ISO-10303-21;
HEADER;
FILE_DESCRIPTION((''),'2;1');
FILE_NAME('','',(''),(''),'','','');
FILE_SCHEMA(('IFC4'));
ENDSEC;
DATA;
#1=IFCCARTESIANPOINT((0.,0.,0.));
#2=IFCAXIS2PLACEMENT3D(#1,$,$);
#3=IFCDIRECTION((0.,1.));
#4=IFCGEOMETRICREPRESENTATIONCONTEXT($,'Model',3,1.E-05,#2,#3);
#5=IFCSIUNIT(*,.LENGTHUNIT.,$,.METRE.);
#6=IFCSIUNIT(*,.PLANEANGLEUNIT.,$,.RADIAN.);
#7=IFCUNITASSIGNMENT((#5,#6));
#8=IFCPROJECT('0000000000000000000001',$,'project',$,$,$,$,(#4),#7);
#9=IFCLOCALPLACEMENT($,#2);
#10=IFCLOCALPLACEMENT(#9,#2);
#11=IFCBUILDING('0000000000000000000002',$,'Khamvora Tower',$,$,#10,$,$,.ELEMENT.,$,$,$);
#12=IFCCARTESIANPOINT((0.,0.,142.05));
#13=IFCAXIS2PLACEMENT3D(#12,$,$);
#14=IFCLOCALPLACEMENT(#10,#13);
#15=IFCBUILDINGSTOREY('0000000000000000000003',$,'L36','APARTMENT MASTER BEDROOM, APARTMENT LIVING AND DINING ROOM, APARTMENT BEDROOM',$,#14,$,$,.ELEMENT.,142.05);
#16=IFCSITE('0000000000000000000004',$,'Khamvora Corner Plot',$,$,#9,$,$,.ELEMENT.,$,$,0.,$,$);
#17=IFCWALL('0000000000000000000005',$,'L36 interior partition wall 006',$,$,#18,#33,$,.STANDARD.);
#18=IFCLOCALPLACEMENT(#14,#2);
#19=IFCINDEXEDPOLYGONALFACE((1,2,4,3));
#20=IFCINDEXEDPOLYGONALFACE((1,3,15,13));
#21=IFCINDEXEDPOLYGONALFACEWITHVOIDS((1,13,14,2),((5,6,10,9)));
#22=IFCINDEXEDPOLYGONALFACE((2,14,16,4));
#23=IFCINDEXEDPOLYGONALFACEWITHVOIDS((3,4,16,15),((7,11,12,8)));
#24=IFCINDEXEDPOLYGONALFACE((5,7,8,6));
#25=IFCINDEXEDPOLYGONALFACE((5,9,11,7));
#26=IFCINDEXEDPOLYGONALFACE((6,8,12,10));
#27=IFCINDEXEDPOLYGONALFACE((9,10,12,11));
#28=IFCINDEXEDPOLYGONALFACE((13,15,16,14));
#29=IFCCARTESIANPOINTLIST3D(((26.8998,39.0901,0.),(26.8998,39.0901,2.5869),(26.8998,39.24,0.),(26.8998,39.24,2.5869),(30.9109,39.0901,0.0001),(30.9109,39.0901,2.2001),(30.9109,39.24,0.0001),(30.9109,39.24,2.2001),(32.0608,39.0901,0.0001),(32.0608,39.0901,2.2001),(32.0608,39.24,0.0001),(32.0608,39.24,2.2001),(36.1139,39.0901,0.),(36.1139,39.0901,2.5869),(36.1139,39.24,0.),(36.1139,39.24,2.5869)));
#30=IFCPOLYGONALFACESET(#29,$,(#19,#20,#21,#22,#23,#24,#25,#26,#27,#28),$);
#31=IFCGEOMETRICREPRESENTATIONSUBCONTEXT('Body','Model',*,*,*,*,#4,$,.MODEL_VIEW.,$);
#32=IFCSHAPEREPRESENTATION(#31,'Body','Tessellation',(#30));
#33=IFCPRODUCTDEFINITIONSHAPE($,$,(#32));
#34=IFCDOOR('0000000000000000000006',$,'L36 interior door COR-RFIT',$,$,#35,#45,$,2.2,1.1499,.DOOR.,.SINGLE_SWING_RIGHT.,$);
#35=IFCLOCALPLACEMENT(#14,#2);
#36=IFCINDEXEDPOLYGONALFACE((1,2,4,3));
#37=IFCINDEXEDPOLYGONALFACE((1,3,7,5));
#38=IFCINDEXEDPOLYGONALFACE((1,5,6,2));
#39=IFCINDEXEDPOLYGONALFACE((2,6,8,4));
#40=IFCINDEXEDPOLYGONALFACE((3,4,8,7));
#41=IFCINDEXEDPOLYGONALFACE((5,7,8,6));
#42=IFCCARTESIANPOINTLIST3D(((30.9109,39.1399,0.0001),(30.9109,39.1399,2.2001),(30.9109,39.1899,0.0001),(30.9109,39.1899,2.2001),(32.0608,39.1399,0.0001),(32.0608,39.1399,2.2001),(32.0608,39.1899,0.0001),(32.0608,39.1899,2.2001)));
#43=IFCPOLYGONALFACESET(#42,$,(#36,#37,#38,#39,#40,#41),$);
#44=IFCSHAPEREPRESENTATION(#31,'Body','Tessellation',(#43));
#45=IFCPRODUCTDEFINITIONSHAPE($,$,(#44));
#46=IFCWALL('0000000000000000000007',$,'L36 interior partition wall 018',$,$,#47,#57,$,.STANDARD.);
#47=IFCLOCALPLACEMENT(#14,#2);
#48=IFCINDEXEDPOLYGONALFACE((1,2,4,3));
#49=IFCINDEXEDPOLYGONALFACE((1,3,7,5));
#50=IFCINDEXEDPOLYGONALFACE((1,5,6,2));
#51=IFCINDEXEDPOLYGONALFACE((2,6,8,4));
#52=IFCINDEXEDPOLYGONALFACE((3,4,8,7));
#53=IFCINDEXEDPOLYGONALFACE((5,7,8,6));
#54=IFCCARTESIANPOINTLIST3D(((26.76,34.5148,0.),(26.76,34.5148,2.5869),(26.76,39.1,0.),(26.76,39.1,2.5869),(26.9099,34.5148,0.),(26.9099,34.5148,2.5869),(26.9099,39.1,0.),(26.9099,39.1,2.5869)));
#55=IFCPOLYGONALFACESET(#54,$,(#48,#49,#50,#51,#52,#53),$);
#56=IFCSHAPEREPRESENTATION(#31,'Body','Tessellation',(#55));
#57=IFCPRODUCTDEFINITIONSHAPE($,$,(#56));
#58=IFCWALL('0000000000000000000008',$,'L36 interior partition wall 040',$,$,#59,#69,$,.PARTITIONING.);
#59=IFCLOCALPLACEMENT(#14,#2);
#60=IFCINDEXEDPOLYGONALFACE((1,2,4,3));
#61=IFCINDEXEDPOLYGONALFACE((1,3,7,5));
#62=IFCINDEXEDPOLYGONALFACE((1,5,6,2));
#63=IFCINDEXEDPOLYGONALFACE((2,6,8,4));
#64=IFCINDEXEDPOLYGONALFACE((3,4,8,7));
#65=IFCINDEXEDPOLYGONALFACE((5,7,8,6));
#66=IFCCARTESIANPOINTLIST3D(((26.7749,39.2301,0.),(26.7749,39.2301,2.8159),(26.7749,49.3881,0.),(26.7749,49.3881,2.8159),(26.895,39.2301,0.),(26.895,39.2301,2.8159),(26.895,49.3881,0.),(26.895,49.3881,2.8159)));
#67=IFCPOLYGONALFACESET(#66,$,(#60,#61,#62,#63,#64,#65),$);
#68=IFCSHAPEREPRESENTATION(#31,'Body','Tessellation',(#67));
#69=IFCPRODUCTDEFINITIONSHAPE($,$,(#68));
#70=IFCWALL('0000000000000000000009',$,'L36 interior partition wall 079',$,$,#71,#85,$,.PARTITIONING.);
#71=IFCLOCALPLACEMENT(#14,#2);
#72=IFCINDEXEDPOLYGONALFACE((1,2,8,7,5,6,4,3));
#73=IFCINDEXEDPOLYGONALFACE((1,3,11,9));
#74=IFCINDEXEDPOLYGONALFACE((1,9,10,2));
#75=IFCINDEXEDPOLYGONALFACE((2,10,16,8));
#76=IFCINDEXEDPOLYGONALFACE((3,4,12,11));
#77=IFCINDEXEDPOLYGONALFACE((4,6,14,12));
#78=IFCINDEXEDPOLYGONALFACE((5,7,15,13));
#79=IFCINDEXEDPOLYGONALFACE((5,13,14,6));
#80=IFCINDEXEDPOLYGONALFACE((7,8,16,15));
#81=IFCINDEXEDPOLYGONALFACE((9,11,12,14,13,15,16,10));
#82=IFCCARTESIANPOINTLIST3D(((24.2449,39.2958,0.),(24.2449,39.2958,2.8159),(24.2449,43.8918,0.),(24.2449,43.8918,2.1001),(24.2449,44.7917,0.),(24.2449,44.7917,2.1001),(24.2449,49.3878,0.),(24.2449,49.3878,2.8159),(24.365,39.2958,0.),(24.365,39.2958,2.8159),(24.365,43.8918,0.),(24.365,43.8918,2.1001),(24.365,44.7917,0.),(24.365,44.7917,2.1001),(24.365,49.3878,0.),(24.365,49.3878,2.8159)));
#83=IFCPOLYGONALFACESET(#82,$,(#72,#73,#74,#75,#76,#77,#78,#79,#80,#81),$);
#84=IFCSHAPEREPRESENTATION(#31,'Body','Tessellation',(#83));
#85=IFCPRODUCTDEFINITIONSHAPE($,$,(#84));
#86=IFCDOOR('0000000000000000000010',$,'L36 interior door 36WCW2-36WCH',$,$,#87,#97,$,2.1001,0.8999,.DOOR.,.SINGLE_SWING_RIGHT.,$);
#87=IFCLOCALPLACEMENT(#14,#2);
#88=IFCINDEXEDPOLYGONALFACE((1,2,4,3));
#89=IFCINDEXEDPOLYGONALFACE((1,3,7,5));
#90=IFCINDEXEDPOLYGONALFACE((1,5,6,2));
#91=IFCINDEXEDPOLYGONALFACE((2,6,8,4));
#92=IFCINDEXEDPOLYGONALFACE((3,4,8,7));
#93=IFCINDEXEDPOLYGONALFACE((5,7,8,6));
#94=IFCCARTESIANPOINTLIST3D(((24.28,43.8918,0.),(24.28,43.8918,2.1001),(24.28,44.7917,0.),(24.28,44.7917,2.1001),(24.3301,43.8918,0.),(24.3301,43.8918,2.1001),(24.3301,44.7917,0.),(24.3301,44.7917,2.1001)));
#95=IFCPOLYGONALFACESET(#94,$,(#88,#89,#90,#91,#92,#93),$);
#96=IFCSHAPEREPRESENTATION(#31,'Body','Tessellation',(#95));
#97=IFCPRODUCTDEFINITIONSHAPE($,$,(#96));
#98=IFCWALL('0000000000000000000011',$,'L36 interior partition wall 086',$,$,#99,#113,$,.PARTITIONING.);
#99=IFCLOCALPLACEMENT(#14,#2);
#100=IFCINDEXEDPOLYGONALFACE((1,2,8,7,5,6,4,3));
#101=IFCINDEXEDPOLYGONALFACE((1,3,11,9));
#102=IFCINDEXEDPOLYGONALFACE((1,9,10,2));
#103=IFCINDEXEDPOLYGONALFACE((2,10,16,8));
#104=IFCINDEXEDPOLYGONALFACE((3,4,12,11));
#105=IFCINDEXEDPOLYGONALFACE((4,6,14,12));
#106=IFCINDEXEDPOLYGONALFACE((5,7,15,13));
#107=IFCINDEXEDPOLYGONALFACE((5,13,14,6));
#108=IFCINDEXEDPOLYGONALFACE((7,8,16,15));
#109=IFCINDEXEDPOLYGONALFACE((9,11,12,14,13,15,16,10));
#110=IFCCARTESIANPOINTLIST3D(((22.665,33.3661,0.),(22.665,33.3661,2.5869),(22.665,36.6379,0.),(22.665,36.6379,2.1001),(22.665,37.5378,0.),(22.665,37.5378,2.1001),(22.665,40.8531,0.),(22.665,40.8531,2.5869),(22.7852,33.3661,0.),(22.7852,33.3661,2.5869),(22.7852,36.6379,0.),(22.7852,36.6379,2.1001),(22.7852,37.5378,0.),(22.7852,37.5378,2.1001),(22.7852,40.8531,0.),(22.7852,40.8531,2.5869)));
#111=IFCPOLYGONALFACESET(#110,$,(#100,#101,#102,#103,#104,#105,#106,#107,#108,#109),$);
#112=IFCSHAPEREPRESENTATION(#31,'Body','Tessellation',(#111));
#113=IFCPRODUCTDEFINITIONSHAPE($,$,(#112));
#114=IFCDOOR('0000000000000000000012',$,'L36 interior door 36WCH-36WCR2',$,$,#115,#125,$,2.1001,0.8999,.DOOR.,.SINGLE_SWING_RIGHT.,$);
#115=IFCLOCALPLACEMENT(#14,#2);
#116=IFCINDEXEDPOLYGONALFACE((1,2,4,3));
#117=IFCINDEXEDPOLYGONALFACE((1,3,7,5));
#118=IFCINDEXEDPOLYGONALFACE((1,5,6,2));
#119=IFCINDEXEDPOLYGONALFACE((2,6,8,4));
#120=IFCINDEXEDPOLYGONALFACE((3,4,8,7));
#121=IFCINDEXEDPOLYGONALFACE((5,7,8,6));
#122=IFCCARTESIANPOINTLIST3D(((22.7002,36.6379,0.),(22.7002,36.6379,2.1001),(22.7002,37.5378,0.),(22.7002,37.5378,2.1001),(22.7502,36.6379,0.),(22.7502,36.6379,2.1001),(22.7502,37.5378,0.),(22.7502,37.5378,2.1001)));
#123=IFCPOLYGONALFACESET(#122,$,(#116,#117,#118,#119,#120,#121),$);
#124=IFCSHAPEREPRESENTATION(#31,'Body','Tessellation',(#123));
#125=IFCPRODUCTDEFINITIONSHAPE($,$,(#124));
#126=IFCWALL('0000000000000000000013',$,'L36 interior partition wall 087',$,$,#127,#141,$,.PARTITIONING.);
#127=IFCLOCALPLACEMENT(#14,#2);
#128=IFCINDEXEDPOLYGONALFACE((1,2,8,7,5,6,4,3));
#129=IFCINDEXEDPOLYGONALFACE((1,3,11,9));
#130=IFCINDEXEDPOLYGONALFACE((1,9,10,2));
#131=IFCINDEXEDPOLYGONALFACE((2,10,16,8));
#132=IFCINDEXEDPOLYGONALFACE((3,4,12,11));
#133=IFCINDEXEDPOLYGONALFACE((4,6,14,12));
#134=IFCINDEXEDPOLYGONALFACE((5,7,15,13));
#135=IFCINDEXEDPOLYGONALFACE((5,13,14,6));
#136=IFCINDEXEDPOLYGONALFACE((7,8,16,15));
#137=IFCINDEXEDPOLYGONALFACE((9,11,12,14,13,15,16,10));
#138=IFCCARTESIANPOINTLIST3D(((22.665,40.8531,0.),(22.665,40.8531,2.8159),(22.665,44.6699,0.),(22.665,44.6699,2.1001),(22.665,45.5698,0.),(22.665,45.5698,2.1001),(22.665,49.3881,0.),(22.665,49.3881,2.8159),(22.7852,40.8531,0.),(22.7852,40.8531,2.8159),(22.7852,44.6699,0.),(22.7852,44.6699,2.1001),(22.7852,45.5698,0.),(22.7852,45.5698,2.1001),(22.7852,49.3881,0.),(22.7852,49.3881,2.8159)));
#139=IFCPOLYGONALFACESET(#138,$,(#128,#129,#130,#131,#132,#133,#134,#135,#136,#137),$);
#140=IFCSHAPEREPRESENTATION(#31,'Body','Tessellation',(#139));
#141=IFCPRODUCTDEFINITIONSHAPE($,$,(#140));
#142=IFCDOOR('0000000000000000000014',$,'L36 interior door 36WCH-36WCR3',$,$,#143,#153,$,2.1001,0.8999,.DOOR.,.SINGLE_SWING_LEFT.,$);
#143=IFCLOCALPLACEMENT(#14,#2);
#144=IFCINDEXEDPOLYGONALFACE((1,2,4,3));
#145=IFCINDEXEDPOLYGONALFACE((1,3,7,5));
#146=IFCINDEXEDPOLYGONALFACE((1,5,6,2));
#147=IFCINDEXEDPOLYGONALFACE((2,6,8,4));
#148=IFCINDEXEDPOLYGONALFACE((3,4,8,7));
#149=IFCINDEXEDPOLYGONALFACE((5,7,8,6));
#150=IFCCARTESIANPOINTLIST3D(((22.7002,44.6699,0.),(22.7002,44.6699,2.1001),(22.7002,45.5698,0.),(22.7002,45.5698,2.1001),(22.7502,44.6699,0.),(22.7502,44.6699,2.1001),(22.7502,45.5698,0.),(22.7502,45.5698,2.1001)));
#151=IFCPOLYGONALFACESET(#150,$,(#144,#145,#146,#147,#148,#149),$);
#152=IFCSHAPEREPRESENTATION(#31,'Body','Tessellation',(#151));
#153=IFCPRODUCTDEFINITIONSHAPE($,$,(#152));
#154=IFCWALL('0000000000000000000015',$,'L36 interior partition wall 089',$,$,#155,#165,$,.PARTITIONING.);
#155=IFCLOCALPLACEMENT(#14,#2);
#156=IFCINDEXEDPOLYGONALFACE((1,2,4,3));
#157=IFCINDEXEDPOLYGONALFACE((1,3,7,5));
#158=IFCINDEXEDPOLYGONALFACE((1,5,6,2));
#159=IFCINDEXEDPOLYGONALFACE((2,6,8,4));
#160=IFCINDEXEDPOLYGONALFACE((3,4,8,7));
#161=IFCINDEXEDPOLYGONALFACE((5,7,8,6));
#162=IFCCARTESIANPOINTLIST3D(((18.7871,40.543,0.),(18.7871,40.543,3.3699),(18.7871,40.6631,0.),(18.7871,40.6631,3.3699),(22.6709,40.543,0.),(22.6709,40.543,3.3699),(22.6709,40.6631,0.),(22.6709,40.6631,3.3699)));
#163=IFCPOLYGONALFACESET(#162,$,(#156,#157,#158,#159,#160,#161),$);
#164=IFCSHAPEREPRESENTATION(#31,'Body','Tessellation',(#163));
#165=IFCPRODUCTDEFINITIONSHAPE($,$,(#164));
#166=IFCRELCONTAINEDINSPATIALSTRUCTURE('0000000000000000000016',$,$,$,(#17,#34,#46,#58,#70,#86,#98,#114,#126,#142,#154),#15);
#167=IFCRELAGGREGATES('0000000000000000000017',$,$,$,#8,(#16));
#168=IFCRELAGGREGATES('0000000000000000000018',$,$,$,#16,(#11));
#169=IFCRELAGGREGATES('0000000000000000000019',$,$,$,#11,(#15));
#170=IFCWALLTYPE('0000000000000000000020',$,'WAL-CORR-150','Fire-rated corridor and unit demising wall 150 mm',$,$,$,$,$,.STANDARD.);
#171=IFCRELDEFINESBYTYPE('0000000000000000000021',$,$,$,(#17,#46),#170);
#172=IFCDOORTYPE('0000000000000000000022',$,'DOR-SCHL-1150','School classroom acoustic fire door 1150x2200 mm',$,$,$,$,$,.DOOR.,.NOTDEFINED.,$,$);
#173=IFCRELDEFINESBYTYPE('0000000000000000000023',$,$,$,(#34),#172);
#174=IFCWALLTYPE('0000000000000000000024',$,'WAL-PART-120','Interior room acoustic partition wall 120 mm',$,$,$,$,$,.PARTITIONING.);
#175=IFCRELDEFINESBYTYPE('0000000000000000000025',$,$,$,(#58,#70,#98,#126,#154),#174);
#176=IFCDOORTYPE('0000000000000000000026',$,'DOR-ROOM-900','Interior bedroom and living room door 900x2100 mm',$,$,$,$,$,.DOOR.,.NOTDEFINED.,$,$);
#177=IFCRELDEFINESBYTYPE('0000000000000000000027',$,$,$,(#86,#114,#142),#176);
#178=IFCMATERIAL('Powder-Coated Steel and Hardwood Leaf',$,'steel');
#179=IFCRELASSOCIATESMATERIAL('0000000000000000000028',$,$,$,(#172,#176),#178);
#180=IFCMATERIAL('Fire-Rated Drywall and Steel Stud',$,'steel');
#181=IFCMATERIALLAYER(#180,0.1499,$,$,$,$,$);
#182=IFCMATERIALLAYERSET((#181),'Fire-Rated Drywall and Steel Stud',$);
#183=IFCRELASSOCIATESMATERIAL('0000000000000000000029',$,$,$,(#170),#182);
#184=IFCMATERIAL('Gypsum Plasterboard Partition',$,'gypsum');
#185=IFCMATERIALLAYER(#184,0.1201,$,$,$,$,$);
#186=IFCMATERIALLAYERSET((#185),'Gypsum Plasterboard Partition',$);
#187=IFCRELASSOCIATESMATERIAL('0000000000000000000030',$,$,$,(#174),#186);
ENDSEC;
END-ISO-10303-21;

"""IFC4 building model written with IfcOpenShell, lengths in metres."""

from ifc_helpers import new_model, si_unit, direction, frame, frame_2d, origin, place, context, subcontext, project, spatial, rectangle, extrude, material, layer, layer_set, type_object, element, fill, save


model = new_model("IFC4")

# Units and contexts
model_context = context("Model", 3, precision=1e-05, world=origin(), true_north=direction((0.0, 1.0)))
body_context = subcontext(model_context, "Body", "Model", "MODEL_VIEW")
ifc_project = project(units=[si_unit("LENGTHUNIT", "METRE"), si_unit("PLANEANGLEUNIT", "RADIAN")], contexts=[model_context])

# Site, building, storey
site_placement = place(None, origin())
site = spatial("IfcSite", under=ifc_project, at=site_placement, Name="Khamvora Corner Plot", CompositionType="ELEMENT", RefElevation=0.0)
building_placement = place(site_placement, origin())
building = spatial("IfcBuilding", under=site, at=building_placement, Name="Khamvora Tower", CompositionType="ELEMENT")
storey_placement = place(building_placement, frame((0.0, 0.0, 142.05)))
storey = spatial("IfcBuildingStorey", under=building, at=storey_placement, Name="L36", Description="APARTMENT MASTER BEDROOM, APARTMENT LIVING AND DINING ROOM, APARTMENT BEDROOM", CompositionType="ELEMENT", Elevation=142.05)

# Wall, opening, door
ifc_material_1 = material(Name="Powder-Coated Steel and Hardwood Leaf", Category="steel")
door_type_1 = type_object("IfcDoorType", Name="DOR-SCHL-1150", Description="School classroom acoustic fire door 1150x2200 mm", OperationType="NOTDEFINED", PredefinedType="DOOR", material=ifc_material_1)
ifc_material_2 = material(Name="Fire-Rated Drywall and Steel Stud", Category="steel")
ifc_layer_1 = layer(ifc_material_2, 0.1499)
ifc_layer_set_1 = layer_set([ifc_layer_1], Name="Fire-Rated Drywall and Steel Stud")
wall_type_1 = type_object("IfcWallType", Name="WAL-CORR-150", Description="Fire-rated corridor and unit demising wall 150 mm", PredefinedType="STANDARD", material=ifc_layer_set_1)
wall_1_placement = place(storey_placement, frame((26.8999, 39.165, 0.0), z_axis=(0.0, 0.0, 1.0), x_axis=(1.0, 0.0, 0.0)))
wall_1 = element("IfcWall", 1, at=wall_1_placement, inside=storey, type_object=wall_type_1, Name="L36 interior partition wall 006", PredefinedType="STANDARD", context=body_context, shape_type="SweptSolid", body=[
    extrude(rectangle(XDim=9.2141, YDim=0.1499, at=frame_2d((4.6069, 0.0))), origin(), (0.0, 0.0, 1.0), 2.5869),
])
opening_1_placement = place(wall_1_placement, frame((4.011, 0.0, 0.0)))
opening_1 = element("IfcOpeningElement", 2, at=opening_1_placement, cuts=wall_1, PredefinedType="OPENING", context=body_context, shape_type="SweptSolid", body=[
    extrude(rectangle(XDim=1.1499, YDim=2.2, at=frame_2d((0.575, 1.1001))), frame((0.0, 0.085, 0.0), z_axis=(0.0, -1.0, 0.0), x_axis=(1.0, 0.0, 0.0)), (0.0, 0.0, 1.0), 0.1699),
])
door_1_placement = place(opening_1_placement, origin())
door_1 = element("IfcDoor", 3, at=door_1_placement, inside=storey, type_object=door_type_1, Name="L36 interior door COR-RFIT", OperationType="SINGLE_SWING_RIGHT", OverallHeight=2.2, OverallWidth=1.1499, PredefinedType="DOOR", context=body_context, shape_type="SweptSolid", body=[
    extrude(rectangle(XDim=1.1499, YDim=2.2, at=frame_2d((0.575, 1.1001))), frame((0.0, 0.0249, 0.0), z_axis=(0.0, -1.0, 0.0), x_axis=(1.0, 0.0, 0.0)), (0.0, 0.0, 1.0), 0.05),
])
fill(opening_1, door_1)

# Walls
wall_2_placement = place(storey_placement, frame((26.835, 34.5149, 0.0), z_axis=(0.0, 0.0, 1.0), x_axis=(0.0, 1.0, 0.0)))
element("IfcWall", 4, at=wall_2_placement, inside=storey, type_object=wall_type_1, Name="L36 interior partition wall 018", PredefinedType="STANDARD", context=body_context, shape_type="SweptSolid", body=[
    extrude(rectangle(XDim=4.5852, YDim=0.1499, at=frame_2d((2.2925, 0.0))), origin(), (0.0, 0.0, 1.0), 2.5869),
])
ifc_material_3 = material(Name="Gypsum Plasterboard Partition", Category="gypsum")
ifc_layer_2 = layer(ifc_material_3, 0.1201)
ifc_layer_set_2 = layer_set([ifc_layer_2], Name="Gypsum Plasterboard Partition")
wall_type_2 = type_object("IfcWallType", Name="WAL-PART-120", Description="Interior room acoustic partition wall 120 mm", PredefinedType="PARTITIONING", material=ifc_layer_set_2)
wall_3_placement = place(storey_placement, frame((26.835, 39.23, 0.0), z_axis=(0.0, 0.0, 1.0), x_axis=(0.0, 1.0, 0.0)))
element("IfcWall", 5, at=wall_3_placement, inside=storey, type_object=wall_type_2, Name="L36 interior partition wall 040", PredefinedType="PARTITIONING", context=body_context, shape_type="SweptSolid", body=[
    extrude(rectangle(XDim=10.158, YDim=0.1201, at=frame_2d((5.0791, 0.0))), origin(), (0.0, 0.0, 1.0), 2.8159),
])

# Walls, openings, doors
wall_4_placement = place(storey_placement, frame((24.3049, 39.2959, 0.0), z_axis=(0.0, 0.0, 1.0), x_axis=(0.0, 1.0, 0.0)))
wall_4 = element("IfcWall", 6, at=wall_4_placement, inside=storey, type_object=wall_type_2, Name="L36 interior partition wall 079", PredefinedType="PARTITIONING", context=body_context, shape_type="SweptSolid", body=[
    extrude(rectangle(XDim=10.092, YDim=0.1201, at=frame_2d((5.0459, 0.0))), origin(), (0.0, 0.0, 1.0), 2.8159),
])
opening_2_placement = place(wall_4_placement, frame((4.5959, 0.0, 0.0)))
opening_2 = element("IfcOpeningElement", 7, at=opening_2_placement, cuts=wall_4, PredefinedType="OPENING", context=body_context, shape_type="SweptSolid", body=[
    extrude(rectangle(XDim=0.8999, YDim=2.1001, at=frame_2d((0.45, 1.05))), frame((0.0, 0.0701, 0.0), z_axis=(0.0, -1.0, 0.0), x_axis=(1.0, 0.0, 0.0)), (0.0, 0.0, 1.0), 0.1401),
])
door_type_2 = type_object("IfcDoorType", Name="DOR-ROOM-900", Description="Interior bedroom and living room door 900x2100 mm", OperationType="NOTDEFINED", PredefinedType="DOOR", material=ifc_material_1)
door_2_placement = place(opening_2_placement, origin())
door_2 = element("IfcDoor", 8, at=door_2_placement, inside=storey, type_object=door_type_2, Name="L36 interior door 36WCW2-36WCH", OperationType="SINGLE_SWING_RIGHT", OverallHeight=2.1001, OverallWidth=0.8999, PredefinedType="DOOR", context=body_context, shape_type="SweptSolid", body=[
    extrude(rectangle(XDim=0.8999, YDim=2.1001, at=frame_2d((0.45, 1.05))), frame((0.0, 0.0249, 0.0), z_axis=(0.0, -1.0, 0.0), x_axis=(1.0, 0.0, 0.0)), (0.0, 0.0, 1.0), 0.05),
])
fill(opening_2, door_2)
wall_5_placement = place(storey_placement, frame((22.7251, 33.366, 0.0), z_axis=(0.0, 0.0, 1.0), x_axis=(0.0, 1.0, 0.0)))
wall_5 = element("IfcWall", 9, at=wall_5_placement, inside=storey, type_object=wall_type_2, Name="L36 interior partition wall 086", PredefinedType="PARTITIONING", context=body_context, shape_type="SweptSolid", body=[
    extrude(rectangle(XDim=7.4871, YDim=0.1201, at=frame_2d((3.7437, 0.0))), origin(), (0.0, 0.0, 1.0), 2.5869),
])
opening_3_placement = place(wall_5_placement, frame((3.272, 0.0, 0.0)))
opening_3 = element("IfcOpeningElement", 10, at=opening_3_placement, cuts=wall_5, PredefinedType="OPENING", context=body_context, shape_type="SweptSolid", body=[
    extrude(rectangle(XDim=0.8999, YDim=2.1001, at=frame_2d((0.45, 1.05))), frame((0.0, 0.0701, 0.0), z_axis=(0.0, -1.0, 0.0), x_axis=(1.0, 0.0, 0.0)), (0.0, 0.0, 1.0), 0.1401),
])
door_3_placement = place(opening_3_placement, origin())
door_3 = element("IfcDoor", 11, at=door_3_placement, inside=storey, type_object=door_type_2, Name="L36 interior door 36WCH-36WCR2", OperationType="SINGLE_SWING_RIGHT", OverallHeight=2.1001, OverallWidth=0.8999, PredefinedType="DOOR", context=body_context, shape_type="SweptSolid", body=[
    extrude(rectangle(XDim=0.8999, YDim=2.1001, at=frame_2d((0.45, 1.05))), frame((0.0, 0.0249, 0.0), z_axis=(0.0, -1.0, 0.0), x_axis=(1.0, 0.0, 0.0)), (0.0, 0.0, 1.0), 0.05),
])
fill(opening_3, door_3)
wall_6_placement = place(storey_placement, frame((22.7251, 40.853, 0.0), z_axis=(0.0, 0.0, 1.0), x_axis=(0.0, 1.0, 0.0)))
wall_6 = element("IfcWall", 12, at=wall_6_placement, inside=storey, type_object=wall_type_2, Name="L36 interior partition wall 087", PredefinedType="PARTITIONING", context=body_context, shape_type="SweptSolid", body=[
    extrude(rectangle(XDim=8.5349, YDim=0.1201, at=frame_2d((4.2676, 0.0))), origin(), (0.0, 0.0, 1.0), 2.8159),
])
opening_4_placement = place(wall_6_placement, frame((3.8169, 0.0, 0.0)))
opening_4 = element("IfcOpeningElement", 13, at=opening_4_placement, cuts=wall_6, PredefinedType="OPENING", context=body_context, shape_type="SweptSolid", body=[
    extrude(rectangle(XDim=0.8999, YDim=2.1001, at=frame_2d((0.45, 1.05))), frame((0.0, 0.0701, 0.0), z_axis=(0.0, -1.0, 0.0), x_axis=(1.0, 0.0, 0.0)), (0.0, 0.0, 1.0), 0.1401),
])
door_4_placement = place(opening_4_placement, origin())
door_4 = element("IfcDoor", 14, at=door_4_placement, inside=storey, type_object=door_type_2, Name="L36 interior door 36WCH-36WCR3", OperationType="SINGLE_SWING_LEFT", OverallHeight=2.1001, OverallWidth=0.8999, PredefinedType="DOOR", context=body_context, shape_type="SweptSolid", body=[
    extrude(rectangle(XDim=0.8999, YDim=2.1001, at=frame_2d((0.45, 1.05))), frame((0.0, 0.0249, 0.0), z_axis=(0.0, -1.0, 0.0), x_axis=(1.0, 0.0, 0.0)), (0.0, 0.0, 1.0), 0.05),
])
fill(opening_4, door_4)

# Wall
wall_7_placement = place(storey_placement, frame((18.7871, 40.603, 0.0), z_axis=(0.0, 0.0, 1.0), x_axis=(1.0, 0.0, 0.0)))
element("IfcWall", 15, at=wall_7_placement, inside=storey, type_object=wall_type_2, Name="L36 interior partition wall 089", PredefinedType="PARTITIONING", context=body_context, shape_type="SweptSolid", body=[
    extrude(rectangle(XDim=3.8838, YDim=0.1201, at=frame_2d((1.9419, 0.0))), origin(), (0.0, 0.0, 1.0), 3.3699),
])

save(model, "model.ifc")
